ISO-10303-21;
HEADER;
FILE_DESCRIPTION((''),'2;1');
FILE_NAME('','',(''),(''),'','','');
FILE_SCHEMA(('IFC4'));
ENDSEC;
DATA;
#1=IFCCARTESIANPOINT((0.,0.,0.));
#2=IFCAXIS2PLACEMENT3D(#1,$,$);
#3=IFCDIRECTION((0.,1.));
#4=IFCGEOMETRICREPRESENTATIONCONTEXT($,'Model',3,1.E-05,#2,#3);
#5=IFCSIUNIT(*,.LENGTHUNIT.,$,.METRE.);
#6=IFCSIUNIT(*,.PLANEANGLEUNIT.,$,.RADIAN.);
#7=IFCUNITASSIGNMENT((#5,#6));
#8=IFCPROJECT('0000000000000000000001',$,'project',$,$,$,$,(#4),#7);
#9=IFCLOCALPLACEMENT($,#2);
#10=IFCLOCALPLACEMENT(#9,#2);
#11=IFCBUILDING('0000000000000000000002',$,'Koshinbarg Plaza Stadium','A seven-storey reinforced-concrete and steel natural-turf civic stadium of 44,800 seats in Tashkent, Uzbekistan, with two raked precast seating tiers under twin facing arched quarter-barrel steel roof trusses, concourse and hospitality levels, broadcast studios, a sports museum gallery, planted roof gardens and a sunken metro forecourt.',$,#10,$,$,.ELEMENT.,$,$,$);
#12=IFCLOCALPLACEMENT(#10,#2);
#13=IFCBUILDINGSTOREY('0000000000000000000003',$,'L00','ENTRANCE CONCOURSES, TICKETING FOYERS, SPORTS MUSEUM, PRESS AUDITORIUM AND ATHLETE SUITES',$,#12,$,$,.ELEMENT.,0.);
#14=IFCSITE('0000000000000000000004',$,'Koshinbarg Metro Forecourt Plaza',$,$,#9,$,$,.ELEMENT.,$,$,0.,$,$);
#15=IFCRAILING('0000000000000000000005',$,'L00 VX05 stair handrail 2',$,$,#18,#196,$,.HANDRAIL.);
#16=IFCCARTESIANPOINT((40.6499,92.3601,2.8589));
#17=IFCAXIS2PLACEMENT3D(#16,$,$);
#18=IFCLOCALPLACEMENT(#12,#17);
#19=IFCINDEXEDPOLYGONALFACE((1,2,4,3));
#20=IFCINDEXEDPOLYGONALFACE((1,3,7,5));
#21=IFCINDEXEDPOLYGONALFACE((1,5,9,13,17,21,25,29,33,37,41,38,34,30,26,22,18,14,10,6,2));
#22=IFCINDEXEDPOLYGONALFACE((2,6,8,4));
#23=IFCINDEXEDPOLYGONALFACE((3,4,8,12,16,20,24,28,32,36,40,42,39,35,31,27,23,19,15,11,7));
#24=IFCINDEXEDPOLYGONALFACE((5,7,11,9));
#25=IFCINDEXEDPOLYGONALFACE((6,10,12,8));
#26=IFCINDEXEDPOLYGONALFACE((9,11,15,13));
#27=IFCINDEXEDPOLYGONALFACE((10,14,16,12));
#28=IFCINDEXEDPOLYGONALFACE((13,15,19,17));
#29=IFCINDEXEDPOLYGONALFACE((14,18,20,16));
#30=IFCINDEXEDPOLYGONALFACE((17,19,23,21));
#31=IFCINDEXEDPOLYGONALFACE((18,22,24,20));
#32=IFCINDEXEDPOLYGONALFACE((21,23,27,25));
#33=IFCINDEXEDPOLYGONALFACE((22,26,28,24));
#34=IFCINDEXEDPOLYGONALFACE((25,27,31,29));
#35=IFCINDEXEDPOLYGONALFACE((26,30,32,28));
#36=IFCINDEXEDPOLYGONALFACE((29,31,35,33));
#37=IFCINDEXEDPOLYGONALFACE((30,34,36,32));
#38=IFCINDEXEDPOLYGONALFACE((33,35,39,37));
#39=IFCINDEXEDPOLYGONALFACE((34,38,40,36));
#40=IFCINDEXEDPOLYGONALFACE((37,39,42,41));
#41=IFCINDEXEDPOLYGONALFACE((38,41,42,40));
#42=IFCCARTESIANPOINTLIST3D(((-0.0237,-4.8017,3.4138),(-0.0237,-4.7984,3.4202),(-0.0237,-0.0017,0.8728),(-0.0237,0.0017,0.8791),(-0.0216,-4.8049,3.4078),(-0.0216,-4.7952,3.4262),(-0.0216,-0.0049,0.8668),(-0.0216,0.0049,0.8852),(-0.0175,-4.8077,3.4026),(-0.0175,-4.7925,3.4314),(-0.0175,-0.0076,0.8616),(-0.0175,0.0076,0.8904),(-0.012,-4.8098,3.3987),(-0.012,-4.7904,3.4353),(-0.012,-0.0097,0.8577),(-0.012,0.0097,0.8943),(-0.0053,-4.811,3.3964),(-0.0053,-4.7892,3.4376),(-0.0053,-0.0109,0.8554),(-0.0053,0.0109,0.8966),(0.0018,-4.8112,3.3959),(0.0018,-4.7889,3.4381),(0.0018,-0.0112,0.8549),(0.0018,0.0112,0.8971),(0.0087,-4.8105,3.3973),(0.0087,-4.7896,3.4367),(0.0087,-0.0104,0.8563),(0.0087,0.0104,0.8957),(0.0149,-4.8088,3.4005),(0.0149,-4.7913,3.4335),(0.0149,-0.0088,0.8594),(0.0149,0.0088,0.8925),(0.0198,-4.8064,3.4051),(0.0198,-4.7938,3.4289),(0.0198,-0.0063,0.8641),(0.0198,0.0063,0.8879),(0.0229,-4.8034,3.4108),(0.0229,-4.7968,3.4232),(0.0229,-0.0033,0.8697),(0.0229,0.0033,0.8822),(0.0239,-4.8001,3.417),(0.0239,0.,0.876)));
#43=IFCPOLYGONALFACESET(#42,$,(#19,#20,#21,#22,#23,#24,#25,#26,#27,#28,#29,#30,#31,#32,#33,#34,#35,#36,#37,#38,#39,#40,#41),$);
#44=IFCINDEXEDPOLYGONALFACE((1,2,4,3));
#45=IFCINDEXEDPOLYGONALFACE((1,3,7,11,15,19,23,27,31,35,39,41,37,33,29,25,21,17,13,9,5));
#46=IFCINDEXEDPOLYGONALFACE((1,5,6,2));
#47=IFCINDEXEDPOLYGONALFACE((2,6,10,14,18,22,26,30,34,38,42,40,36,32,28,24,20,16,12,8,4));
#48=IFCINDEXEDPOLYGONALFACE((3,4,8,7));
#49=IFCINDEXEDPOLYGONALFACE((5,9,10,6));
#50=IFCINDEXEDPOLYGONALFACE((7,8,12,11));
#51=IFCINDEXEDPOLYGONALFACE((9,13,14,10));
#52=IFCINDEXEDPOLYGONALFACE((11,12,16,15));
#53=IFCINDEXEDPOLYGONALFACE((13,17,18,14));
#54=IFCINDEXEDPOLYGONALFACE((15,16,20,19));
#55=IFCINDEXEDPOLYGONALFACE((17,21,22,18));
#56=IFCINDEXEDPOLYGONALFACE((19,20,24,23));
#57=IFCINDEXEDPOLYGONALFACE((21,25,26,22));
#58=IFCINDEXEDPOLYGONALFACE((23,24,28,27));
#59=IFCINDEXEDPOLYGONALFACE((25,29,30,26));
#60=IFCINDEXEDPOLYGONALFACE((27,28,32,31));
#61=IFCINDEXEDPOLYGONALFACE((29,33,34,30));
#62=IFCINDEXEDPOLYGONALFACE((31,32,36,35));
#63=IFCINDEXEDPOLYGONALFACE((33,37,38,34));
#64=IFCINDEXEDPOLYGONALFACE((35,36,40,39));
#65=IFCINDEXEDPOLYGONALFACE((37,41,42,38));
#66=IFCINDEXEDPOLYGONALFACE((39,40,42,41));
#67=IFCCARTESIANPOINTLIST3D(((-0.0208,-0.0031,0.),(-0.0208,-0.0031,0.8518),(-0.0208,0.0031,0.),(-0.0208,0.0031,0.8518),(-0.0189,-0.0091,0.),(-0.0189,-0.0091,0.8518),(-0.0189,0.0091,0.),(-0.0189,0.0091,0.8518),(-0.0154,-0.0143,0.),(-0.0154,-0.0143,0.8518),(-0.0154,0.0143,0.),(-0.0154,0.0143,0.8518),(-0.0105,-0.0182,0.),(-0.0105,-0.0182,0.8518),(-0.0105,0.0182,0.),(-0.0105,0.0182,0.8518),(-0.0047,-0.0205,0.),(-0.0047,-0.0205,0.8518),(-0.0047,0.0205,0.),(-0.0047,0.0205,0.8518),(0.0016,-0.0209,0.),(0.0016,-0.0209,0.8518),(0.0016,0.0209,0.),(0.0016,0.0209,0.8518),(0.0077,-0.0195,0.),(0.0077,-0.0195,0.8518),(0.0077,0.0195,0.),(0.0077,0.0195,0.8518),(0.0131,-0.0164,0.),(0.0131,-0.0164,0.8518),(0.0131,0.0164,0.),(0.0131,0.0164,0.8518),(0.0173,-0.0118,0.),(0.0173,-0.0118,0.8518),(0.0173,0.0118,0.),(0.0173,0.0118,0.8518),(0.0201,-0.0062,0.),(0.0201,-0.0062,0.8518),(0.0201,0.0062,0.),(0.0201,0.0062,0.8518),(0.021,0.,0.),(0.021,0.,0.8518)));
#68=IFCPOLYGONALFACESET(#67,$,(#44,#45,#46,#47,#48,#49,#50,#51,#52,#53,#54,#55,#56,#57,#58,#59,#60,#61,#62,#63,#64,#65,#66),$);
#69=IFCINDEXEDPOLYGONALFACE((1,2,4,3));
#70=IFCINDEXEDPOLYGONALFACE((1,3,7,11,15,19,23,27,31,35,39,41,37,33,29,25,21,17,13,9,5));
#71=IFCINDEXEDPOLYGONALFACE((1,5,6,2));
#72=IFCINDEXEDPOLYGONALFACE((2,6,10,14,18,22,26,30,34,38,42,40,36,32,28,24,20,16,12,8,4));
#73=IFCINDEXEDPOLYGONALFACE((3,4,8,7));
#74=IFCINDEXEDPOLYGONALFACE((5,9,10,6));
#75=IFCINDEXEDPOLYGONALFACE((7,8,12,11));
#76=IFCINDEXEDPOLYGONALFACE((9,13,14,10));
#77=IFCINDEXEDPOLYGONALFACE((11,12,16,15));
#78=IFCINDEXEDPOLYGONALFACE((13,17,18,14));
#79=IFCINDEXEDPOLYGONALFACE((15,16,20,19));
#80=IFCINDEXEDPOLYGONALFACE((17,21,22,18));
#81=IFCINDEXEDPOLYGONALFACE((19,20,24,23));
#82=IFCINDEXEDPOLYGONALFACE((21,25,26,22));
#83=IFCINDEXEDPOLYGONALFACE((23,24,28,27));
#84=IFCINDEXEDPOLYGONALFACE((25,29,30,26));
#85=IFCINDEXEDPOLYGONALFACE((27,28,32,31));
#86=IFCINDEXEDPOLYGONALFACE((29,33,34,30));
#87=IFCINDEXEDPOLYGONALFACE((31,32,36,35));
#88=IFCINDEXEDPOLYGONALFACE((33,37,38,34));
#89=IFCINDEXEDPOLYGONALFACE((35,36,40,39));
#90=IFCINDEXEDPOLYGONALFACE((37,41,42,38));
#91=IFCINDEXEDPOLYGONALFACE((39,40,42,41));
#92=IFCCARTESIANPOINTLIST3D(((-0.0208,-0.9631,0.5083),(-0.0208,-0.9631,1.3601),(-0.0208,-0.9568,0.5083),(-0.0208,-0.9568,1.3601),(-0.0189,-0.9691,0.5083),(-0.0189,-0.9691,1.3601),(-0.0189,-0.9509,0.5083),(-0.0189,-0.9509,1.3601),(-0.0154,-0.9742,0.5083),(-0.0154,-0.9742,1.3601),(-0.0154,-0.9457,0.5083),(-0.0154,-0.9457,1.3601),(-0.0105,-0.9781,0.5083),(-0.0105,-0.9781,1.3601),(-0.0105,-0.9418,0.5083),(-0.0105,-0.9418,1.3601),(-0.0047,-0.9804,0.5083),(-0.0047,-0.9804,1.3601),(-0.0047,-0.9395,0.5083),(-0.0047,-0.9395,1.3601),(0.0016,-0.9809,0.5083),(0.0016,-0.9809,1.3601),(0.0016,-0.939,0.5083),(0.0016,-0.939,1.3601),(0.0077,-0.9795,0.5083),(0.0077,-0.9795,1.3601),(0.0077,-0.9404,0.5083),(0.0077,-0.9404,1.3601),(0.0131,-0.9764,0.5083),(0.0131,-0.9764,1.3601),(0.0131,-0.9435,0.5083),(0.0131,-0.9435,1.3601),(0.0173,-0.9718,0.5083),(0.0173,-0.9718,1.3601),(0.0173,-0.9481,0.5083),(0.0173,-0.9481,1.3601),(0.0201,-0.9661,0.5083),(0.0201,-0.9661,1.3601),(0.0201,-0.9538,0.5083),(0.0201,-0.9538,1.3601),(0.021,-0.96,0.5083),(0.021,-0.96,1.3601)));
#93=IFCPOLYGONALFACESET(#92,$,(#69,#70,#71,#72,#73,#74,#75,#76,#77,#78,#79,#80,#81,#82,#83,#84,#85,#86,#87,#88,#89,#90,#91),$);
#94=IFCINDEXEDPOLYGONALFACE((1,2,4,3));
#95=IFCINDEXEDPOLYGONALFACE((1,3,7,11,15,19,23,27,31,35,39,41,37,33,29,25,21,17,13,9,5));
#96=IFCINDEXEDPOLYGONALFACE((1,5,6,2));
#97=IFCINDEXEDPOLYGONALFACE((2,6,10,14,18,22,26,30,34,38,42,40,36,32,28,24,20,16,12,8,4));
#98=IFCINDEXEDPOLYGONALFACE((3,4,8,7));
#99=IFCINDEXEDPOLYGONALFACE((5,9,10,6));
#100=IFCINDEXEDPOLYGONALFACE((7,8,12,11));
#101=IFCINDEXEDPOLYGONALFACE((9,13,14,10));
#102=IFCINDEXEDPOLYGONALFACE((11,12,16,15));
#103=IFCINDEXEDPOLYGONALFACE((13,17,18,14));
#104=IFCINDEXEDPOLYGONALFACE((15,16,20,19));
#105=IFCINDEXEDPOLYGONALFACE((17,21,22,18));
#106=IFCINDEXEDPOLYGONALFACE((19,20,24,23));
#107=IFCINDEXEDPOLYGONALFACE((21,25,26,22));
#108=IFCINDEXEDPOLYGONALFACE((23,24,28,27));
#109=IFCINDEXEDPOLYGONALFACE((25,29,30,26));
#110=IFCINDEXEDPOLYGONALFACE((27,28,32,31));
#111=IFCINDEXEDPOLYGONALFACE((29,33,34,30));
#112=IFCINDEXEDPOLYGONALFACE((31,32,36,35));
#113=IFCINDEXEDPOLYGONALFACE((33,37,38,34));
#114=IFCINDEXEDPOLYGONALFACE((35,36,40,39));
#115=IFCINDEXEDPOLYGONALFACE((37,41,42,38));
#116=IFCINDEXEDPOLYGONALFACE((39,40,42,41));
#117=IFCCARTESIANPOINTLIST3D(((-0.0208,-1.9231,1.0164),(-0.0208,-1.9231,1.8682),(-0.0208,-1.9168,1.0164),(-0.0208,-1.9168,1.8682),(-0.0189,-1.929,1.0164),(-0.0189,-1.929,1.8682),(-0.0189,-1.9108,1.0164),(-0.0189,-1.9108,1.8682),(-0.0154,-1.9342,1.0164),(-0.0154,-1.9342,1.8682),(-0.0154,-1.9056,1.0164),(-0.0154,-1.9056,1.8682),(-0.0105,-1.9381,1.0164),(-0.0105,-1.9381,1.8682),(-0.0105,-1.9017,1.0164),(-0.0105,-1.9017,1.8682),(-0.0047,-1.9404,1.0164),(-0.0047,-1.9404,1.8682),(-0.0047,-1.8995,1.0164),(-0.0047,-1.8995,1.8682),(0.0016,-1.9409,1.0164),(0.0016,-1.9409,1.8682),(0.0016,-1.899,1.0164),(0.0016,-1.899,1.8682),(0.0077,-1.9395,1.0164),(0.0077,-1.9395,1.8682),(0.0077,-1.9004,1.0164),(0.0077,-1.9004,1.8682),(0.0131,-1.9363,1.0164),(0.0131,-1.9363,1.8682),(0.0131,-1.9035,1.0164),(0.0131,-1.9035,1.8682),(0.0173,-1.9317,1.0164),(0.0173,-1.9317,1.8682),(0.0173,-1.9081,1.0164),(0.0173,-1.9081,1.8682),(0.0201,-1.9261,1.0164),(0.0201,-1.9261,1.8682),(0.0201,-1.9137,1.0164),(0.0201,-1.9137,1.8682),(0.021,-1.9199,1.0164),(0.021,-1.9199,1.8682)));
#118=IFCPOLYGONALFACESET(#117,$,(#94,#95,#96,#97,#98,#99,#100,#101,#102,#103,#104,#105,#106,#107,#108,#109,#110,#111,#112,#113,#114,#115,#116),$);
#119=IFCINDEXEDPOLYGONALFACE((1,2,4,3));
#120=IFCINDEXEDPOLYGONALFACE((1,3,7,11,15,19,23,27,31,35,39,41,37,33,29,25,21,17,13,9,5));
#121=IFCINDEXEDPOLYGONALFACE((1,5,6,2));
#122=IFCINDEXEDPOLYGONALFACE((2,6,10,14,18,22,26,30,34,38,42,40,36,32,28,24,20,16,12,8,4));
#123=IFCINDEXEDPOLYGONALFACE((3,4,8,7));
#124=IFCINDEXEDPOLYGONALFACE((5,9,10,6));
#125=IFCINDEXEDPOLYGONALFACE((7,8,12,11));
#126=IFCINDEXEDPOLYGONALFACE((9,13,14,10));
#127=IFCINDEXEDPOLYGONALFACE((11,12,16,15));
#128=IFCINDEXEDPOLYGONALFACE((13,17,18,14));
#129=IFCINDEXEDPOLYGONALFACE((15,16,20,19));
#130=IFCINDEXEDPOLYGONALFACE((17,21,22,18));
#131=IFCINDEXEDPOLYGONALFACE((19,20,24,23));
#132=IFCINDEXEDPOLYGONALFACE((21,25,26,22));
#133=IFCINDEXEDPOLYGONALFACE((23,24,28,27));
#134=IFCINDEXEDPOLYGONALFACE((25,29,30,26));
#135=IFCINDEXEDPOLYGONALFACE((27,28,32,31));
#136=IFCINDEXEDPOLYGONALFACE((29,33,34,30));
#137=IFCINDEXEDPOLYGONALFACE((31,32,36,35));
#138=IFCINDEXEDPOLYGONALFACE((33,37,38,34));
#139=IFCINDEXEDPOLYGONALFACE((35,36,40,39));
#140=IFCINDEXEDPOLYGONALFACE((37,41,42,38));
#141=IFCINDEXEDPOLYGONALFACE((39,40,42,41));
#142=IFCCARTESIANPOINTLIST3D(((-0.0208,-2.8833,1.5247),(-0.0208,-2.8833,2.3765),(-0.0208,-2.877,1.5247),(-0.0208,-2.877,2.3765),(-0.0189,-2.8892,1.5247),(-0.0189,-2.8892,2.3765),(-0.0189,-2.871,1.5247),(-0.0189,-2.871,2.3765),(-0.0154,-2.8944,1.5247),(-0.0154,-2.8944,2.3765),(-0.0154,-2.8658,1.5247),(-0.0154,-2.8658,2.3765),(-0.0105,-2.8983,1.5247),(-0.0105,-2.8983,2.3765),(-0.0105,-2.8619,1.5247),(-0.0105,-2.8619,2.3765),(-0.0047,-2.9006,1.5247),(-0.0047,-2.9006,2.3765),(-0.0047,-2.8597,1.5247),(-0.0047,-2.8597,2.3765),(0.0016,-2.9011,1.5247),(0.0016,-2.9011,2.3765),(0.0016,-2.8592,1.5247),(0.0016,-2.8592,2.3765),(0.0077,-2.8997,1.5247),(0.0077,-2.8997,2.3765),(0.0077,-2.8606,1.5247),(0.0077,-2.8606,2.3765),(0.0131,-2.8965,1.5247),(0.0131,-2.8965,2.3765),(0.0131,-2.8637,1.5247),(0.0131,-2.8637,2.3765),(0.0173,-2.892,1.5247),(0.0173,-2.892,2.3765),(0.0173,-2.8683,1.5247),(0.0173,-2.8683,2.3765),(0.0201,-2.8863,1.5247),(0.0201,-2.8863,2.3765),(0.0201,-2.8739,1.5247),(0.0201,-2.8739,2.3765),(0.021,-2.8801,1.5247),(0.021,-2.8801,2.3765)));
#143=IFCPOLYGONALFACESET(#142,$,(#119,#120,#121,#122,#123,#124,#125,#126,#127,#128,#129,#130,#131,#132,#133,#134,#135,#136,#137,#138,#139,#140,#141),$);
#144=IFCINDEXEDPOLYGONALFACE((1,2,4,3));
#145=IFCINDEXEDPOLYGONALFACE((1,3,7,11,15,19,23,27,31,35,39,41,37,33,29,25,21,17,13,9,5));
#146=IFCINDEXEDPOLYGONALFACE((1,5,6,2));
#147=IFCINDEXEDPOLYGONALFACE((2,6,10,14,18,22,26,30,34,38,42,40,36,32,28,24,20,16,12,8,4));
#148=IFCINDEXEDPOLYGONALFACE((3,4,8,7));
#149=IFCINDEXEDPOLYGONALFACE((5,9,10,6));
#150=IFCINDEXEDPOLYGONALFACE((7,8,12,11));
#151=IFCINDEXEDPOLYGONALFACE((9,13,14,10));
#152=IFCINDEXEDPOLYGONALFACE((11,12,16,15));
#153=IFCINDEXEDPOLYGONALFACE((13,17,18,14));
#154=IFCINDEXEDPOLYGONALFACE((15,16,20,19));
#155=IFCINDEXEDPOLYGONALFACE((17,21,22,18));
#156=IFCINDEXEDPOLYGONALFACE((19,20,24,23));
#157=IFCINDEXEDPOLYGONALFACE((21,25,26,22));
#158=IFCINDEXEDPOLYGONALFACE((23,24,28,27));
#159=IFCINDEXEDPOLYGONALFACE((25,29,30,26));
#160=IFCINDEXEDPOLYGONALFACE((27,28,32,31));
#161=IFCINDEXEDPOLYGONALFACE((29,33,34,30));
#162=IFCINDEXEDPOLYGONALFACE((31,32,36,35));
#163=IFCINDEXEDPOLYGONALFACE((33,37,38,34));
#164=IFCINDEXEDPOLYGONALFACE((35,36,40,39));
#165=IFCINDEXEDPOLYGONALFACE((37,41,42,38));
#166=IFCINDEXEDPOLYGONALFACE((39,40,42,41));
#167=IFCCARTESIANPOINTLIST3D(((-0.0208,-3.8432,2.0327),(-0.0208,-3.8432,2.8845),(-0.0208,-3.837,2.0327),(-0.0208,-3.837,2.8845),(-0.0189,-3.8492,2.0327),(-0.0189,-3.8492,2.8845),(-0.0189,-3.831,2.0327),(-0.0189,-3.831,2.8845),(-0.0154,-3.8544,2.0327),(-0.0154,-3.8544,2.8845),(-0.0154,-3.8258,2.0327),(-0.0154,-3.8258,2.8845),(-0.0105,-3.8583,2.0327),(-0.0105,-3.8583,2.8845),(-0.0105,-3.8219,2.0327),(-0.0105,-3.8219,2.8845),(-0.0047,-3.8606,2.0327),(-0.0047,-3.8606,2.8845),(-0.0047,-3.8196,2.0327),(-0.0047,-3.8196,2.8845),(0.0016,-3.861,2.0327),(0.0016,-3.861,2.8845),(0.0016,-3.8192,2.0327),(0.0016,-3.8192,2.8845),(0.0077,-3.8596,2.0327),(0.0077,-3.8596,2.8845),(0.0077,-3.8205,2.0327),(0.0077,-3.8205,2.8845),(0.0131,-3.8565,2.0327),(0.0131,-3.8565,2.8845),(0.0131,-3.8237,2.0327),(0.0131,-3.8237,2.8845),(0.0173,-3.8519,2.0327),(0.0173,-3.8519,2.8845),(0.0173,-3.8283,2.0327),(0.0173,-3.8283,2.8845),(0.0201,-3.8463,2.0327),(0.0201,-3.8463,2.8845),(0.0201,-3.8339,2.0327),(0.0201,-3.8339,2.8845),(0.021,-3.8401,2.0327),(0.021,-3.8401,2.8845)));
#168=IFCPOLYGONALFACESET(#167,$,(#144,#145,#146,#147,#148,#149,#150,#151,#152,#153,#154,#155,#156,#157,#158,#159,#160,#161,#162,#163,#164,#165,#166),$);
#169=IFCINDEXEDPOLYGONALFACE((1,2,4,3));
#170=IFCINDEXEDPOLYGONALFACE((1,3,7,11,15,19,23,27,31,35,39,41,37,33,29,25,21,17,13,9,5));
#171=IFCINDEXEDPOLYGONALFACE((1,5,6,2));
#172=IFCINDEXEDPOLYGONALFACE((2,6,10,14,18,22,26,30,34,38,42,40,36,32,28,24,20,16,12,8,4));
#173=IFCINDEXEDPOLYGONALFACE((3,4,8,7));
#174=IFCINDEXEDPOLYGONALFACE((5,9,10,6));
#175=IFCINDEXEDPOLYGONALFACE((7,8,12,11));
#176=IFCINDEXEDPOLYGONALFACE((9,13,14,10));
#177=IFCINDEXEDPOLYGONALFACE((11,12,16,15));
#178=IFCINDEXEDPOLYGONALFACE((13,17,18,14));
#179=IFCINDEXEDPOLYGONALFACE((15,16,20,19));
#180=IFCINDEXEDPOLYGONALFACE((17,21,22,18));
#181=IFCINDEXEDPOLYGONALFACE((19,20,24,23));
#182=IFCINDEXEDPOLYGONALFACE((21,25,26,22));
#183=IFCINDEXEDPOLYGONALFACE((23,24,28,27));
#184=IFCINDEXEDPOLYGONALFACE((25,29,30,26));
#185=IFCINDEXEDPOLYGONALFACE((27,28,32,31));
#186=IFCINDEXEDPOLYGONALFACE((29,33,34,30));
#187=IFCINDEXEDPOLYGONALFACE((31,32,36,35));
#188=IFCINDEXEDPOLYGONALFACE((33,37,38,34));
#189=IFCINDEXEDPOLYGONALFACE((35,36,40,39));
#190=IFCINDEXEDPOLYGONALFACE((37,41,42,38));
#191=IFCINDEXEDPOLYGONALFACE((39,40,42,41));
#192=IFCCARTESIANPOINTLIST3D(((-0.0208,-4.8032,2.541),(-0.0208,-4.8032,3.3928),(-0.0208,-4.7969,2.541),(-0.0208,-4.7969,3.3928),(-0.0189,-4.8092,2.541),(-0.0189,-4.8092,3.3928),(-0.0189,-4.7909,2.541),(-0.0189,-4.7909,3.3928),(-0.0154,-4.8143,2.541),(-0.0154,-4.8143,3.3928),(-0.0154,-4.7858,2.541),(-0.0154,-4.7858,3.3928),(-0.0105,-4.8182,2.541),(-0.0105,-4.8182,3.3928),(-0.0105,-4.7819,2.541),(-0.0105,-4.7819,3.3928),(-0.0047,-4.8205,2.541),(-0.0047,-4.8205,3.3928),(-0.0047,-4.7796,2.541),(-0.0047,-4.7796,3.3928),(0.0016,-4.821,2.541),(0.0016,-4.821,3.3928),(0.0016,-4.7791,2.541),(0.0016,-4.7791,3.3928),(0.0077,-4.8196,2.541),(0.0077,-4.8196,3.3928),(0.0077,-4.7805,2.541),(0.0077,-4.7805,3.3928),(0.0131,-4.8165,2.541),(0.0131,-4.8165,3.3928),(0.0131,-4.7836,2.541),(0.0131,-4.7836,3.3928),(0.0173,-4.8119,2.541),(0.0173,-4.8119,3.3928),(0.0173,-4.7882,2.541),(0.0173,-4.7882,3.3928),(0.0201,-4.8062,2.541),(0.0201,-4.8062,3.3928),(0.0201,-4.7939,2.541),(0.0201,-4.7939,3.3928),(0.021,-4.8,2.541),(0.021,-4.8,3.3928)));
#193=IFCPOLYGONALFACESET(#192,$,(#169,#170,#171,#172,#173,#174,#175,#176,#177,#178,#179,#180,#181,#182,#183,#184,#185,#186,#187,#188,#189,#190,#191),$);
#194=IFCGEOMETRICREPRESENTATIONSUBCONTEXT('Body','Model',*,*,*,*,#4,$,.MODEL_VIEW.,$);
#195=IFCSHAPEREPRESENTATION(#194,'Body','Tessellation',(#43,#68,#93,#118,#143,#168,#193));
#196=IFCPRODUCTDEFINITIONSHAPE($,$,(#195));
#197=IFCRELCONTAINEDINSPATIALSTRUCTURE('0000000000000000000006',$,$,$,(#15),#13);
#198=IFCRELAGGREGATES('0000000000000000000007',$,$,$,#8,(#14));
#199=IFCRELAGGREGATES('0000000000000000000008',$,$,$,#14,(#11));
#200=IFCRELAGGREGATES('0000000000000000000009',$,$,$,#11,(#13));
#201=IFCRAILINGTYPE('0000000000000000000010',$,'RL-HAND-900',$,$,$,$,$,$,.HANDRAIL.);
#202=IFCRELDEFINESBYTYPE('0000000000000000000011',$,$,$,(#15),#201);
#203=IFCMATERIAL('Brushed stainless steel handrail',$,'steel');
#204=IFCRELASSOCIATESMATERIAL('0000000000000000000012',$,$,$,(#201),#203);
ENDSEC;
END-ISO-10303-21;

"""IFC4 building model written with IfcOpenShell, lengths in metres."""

from ifc_helpers import new_model, si_unit, direction, frame, origin, origin_2d, place, context, subcontext, project, spatial, circle, extrude, material, type_object, element, save


model = new_model("IFC4")

# Units and contexts
model_context = context("Model", 3, precision=1e-05, world=origin(), true_north=direction((0.0, 1.0)))
body_context = subcontext(model_context, "Body", "Model", "MODEL_VIEW")
ifc_project = project(units=[si_unit("LENGTHUNIT", "METRE"), si_unit("PLANEANGLEUNIT", "RADIAN")], contexts=[model_context])

# Site, building, storey
site_placement = place(None, origin())
site = spatial("IfcSite", under=ifc_project, at=site_placement, Name="Koshinbarg Metro Forecourt Plaza", CompositionType="ELEMENT", RefElevation=0.0)
building_placement = place(site_placement, origin())
building = spatial("IfcBuilding", under=site, at=building_placement, Name="Koshinbarg Plaza Stadium", Description="A seven-storey reinforced-concrete and steel natural-turf civic stadium of 44,800 seats in Tashkent, Uzbekistan, with two raked precast seating tiers under twin facing arched quarter-barrel steel roof trusses, concourse and hospitality levels, broadcast studios, a sports museum gallery, planted roof gardens and a sunken metro forecourt.", CompositionType="ELEMENT")
storey_placement = place(building_placement, origin())
storey = spatial("IfcBuildingStorey", under=building, at=storey_placement, Name="L00", Description="ENTRANCE CONCOURSES, TICKETING FOYERS, SPORTS MUSEUM, PRESS AUDITORIUM AND ATHLETE SUITES", CompositionType="ELEMENT", Elevation=0.0)

# Railing
ifc_material_1 = material(Name="Brushed stainless steel handrail", Category="steel")
railing_type_1 = type_object("IfcRailingType", Name="RL-HAND-900", PredefinedType="HANDRAIL", material=ifc_material_1)
railing_1_placement = place(storey_placement, frame((40.6499, 92.3601, 2.8589)))
element("IfcRailing", 1, at=railing_1_placement, inside=storey, type_object=railing_type_1, Name="L00 VX05 stair handrail 2", PredefinedType="HANDRAIL", context=body_context, shape_type="SweptSolid", body=[
    extrude(circle(Radius=0.0239, at=origin_2d()), frame((0.0, 0.0, 0.876), z_axis=(0.0, -0.883802, 0.467861), x_axis=(1.0, 0.0, 0.0)), (0.0, 0.0, 1.0), 5.4312),
    extrude(circle(Radius=0.021, at=origin_2d()), origin(), (0.0, 0.0, 1.0), 0.8518),
    extrude(circle(Radius=0.021, at=origin_2d()), frame((0.0, -0.96, 0.5083)), (0.0, 0.0, 1.0), 0.8518),
    extrude(circle(Radius=0.021, at=origin_2d()), frame((0.0, -1.9199, 1.0164)), (0.0, 0.0, 1.0), 0.8518),
    extrude(circle(Radius=0.021, at=origin_2d()), frame((0.0, -2.8801, 1.5247)), (0.0, 0.0, 1.0), 0.8518),
    extrude(circle(Radius=0.021, at=origin_2d()), frame((0.0, -3.8401, 2.0327)), (0.0, 0.0, 1.0), 0.8518),
    extrude(circle(Radius=0.021, at=origin_2d()), frame((0.0, -4.8, 2.541)), (0.0, 0.0, 1.0), 0.8518),
])

save(model, "model.ifc")
